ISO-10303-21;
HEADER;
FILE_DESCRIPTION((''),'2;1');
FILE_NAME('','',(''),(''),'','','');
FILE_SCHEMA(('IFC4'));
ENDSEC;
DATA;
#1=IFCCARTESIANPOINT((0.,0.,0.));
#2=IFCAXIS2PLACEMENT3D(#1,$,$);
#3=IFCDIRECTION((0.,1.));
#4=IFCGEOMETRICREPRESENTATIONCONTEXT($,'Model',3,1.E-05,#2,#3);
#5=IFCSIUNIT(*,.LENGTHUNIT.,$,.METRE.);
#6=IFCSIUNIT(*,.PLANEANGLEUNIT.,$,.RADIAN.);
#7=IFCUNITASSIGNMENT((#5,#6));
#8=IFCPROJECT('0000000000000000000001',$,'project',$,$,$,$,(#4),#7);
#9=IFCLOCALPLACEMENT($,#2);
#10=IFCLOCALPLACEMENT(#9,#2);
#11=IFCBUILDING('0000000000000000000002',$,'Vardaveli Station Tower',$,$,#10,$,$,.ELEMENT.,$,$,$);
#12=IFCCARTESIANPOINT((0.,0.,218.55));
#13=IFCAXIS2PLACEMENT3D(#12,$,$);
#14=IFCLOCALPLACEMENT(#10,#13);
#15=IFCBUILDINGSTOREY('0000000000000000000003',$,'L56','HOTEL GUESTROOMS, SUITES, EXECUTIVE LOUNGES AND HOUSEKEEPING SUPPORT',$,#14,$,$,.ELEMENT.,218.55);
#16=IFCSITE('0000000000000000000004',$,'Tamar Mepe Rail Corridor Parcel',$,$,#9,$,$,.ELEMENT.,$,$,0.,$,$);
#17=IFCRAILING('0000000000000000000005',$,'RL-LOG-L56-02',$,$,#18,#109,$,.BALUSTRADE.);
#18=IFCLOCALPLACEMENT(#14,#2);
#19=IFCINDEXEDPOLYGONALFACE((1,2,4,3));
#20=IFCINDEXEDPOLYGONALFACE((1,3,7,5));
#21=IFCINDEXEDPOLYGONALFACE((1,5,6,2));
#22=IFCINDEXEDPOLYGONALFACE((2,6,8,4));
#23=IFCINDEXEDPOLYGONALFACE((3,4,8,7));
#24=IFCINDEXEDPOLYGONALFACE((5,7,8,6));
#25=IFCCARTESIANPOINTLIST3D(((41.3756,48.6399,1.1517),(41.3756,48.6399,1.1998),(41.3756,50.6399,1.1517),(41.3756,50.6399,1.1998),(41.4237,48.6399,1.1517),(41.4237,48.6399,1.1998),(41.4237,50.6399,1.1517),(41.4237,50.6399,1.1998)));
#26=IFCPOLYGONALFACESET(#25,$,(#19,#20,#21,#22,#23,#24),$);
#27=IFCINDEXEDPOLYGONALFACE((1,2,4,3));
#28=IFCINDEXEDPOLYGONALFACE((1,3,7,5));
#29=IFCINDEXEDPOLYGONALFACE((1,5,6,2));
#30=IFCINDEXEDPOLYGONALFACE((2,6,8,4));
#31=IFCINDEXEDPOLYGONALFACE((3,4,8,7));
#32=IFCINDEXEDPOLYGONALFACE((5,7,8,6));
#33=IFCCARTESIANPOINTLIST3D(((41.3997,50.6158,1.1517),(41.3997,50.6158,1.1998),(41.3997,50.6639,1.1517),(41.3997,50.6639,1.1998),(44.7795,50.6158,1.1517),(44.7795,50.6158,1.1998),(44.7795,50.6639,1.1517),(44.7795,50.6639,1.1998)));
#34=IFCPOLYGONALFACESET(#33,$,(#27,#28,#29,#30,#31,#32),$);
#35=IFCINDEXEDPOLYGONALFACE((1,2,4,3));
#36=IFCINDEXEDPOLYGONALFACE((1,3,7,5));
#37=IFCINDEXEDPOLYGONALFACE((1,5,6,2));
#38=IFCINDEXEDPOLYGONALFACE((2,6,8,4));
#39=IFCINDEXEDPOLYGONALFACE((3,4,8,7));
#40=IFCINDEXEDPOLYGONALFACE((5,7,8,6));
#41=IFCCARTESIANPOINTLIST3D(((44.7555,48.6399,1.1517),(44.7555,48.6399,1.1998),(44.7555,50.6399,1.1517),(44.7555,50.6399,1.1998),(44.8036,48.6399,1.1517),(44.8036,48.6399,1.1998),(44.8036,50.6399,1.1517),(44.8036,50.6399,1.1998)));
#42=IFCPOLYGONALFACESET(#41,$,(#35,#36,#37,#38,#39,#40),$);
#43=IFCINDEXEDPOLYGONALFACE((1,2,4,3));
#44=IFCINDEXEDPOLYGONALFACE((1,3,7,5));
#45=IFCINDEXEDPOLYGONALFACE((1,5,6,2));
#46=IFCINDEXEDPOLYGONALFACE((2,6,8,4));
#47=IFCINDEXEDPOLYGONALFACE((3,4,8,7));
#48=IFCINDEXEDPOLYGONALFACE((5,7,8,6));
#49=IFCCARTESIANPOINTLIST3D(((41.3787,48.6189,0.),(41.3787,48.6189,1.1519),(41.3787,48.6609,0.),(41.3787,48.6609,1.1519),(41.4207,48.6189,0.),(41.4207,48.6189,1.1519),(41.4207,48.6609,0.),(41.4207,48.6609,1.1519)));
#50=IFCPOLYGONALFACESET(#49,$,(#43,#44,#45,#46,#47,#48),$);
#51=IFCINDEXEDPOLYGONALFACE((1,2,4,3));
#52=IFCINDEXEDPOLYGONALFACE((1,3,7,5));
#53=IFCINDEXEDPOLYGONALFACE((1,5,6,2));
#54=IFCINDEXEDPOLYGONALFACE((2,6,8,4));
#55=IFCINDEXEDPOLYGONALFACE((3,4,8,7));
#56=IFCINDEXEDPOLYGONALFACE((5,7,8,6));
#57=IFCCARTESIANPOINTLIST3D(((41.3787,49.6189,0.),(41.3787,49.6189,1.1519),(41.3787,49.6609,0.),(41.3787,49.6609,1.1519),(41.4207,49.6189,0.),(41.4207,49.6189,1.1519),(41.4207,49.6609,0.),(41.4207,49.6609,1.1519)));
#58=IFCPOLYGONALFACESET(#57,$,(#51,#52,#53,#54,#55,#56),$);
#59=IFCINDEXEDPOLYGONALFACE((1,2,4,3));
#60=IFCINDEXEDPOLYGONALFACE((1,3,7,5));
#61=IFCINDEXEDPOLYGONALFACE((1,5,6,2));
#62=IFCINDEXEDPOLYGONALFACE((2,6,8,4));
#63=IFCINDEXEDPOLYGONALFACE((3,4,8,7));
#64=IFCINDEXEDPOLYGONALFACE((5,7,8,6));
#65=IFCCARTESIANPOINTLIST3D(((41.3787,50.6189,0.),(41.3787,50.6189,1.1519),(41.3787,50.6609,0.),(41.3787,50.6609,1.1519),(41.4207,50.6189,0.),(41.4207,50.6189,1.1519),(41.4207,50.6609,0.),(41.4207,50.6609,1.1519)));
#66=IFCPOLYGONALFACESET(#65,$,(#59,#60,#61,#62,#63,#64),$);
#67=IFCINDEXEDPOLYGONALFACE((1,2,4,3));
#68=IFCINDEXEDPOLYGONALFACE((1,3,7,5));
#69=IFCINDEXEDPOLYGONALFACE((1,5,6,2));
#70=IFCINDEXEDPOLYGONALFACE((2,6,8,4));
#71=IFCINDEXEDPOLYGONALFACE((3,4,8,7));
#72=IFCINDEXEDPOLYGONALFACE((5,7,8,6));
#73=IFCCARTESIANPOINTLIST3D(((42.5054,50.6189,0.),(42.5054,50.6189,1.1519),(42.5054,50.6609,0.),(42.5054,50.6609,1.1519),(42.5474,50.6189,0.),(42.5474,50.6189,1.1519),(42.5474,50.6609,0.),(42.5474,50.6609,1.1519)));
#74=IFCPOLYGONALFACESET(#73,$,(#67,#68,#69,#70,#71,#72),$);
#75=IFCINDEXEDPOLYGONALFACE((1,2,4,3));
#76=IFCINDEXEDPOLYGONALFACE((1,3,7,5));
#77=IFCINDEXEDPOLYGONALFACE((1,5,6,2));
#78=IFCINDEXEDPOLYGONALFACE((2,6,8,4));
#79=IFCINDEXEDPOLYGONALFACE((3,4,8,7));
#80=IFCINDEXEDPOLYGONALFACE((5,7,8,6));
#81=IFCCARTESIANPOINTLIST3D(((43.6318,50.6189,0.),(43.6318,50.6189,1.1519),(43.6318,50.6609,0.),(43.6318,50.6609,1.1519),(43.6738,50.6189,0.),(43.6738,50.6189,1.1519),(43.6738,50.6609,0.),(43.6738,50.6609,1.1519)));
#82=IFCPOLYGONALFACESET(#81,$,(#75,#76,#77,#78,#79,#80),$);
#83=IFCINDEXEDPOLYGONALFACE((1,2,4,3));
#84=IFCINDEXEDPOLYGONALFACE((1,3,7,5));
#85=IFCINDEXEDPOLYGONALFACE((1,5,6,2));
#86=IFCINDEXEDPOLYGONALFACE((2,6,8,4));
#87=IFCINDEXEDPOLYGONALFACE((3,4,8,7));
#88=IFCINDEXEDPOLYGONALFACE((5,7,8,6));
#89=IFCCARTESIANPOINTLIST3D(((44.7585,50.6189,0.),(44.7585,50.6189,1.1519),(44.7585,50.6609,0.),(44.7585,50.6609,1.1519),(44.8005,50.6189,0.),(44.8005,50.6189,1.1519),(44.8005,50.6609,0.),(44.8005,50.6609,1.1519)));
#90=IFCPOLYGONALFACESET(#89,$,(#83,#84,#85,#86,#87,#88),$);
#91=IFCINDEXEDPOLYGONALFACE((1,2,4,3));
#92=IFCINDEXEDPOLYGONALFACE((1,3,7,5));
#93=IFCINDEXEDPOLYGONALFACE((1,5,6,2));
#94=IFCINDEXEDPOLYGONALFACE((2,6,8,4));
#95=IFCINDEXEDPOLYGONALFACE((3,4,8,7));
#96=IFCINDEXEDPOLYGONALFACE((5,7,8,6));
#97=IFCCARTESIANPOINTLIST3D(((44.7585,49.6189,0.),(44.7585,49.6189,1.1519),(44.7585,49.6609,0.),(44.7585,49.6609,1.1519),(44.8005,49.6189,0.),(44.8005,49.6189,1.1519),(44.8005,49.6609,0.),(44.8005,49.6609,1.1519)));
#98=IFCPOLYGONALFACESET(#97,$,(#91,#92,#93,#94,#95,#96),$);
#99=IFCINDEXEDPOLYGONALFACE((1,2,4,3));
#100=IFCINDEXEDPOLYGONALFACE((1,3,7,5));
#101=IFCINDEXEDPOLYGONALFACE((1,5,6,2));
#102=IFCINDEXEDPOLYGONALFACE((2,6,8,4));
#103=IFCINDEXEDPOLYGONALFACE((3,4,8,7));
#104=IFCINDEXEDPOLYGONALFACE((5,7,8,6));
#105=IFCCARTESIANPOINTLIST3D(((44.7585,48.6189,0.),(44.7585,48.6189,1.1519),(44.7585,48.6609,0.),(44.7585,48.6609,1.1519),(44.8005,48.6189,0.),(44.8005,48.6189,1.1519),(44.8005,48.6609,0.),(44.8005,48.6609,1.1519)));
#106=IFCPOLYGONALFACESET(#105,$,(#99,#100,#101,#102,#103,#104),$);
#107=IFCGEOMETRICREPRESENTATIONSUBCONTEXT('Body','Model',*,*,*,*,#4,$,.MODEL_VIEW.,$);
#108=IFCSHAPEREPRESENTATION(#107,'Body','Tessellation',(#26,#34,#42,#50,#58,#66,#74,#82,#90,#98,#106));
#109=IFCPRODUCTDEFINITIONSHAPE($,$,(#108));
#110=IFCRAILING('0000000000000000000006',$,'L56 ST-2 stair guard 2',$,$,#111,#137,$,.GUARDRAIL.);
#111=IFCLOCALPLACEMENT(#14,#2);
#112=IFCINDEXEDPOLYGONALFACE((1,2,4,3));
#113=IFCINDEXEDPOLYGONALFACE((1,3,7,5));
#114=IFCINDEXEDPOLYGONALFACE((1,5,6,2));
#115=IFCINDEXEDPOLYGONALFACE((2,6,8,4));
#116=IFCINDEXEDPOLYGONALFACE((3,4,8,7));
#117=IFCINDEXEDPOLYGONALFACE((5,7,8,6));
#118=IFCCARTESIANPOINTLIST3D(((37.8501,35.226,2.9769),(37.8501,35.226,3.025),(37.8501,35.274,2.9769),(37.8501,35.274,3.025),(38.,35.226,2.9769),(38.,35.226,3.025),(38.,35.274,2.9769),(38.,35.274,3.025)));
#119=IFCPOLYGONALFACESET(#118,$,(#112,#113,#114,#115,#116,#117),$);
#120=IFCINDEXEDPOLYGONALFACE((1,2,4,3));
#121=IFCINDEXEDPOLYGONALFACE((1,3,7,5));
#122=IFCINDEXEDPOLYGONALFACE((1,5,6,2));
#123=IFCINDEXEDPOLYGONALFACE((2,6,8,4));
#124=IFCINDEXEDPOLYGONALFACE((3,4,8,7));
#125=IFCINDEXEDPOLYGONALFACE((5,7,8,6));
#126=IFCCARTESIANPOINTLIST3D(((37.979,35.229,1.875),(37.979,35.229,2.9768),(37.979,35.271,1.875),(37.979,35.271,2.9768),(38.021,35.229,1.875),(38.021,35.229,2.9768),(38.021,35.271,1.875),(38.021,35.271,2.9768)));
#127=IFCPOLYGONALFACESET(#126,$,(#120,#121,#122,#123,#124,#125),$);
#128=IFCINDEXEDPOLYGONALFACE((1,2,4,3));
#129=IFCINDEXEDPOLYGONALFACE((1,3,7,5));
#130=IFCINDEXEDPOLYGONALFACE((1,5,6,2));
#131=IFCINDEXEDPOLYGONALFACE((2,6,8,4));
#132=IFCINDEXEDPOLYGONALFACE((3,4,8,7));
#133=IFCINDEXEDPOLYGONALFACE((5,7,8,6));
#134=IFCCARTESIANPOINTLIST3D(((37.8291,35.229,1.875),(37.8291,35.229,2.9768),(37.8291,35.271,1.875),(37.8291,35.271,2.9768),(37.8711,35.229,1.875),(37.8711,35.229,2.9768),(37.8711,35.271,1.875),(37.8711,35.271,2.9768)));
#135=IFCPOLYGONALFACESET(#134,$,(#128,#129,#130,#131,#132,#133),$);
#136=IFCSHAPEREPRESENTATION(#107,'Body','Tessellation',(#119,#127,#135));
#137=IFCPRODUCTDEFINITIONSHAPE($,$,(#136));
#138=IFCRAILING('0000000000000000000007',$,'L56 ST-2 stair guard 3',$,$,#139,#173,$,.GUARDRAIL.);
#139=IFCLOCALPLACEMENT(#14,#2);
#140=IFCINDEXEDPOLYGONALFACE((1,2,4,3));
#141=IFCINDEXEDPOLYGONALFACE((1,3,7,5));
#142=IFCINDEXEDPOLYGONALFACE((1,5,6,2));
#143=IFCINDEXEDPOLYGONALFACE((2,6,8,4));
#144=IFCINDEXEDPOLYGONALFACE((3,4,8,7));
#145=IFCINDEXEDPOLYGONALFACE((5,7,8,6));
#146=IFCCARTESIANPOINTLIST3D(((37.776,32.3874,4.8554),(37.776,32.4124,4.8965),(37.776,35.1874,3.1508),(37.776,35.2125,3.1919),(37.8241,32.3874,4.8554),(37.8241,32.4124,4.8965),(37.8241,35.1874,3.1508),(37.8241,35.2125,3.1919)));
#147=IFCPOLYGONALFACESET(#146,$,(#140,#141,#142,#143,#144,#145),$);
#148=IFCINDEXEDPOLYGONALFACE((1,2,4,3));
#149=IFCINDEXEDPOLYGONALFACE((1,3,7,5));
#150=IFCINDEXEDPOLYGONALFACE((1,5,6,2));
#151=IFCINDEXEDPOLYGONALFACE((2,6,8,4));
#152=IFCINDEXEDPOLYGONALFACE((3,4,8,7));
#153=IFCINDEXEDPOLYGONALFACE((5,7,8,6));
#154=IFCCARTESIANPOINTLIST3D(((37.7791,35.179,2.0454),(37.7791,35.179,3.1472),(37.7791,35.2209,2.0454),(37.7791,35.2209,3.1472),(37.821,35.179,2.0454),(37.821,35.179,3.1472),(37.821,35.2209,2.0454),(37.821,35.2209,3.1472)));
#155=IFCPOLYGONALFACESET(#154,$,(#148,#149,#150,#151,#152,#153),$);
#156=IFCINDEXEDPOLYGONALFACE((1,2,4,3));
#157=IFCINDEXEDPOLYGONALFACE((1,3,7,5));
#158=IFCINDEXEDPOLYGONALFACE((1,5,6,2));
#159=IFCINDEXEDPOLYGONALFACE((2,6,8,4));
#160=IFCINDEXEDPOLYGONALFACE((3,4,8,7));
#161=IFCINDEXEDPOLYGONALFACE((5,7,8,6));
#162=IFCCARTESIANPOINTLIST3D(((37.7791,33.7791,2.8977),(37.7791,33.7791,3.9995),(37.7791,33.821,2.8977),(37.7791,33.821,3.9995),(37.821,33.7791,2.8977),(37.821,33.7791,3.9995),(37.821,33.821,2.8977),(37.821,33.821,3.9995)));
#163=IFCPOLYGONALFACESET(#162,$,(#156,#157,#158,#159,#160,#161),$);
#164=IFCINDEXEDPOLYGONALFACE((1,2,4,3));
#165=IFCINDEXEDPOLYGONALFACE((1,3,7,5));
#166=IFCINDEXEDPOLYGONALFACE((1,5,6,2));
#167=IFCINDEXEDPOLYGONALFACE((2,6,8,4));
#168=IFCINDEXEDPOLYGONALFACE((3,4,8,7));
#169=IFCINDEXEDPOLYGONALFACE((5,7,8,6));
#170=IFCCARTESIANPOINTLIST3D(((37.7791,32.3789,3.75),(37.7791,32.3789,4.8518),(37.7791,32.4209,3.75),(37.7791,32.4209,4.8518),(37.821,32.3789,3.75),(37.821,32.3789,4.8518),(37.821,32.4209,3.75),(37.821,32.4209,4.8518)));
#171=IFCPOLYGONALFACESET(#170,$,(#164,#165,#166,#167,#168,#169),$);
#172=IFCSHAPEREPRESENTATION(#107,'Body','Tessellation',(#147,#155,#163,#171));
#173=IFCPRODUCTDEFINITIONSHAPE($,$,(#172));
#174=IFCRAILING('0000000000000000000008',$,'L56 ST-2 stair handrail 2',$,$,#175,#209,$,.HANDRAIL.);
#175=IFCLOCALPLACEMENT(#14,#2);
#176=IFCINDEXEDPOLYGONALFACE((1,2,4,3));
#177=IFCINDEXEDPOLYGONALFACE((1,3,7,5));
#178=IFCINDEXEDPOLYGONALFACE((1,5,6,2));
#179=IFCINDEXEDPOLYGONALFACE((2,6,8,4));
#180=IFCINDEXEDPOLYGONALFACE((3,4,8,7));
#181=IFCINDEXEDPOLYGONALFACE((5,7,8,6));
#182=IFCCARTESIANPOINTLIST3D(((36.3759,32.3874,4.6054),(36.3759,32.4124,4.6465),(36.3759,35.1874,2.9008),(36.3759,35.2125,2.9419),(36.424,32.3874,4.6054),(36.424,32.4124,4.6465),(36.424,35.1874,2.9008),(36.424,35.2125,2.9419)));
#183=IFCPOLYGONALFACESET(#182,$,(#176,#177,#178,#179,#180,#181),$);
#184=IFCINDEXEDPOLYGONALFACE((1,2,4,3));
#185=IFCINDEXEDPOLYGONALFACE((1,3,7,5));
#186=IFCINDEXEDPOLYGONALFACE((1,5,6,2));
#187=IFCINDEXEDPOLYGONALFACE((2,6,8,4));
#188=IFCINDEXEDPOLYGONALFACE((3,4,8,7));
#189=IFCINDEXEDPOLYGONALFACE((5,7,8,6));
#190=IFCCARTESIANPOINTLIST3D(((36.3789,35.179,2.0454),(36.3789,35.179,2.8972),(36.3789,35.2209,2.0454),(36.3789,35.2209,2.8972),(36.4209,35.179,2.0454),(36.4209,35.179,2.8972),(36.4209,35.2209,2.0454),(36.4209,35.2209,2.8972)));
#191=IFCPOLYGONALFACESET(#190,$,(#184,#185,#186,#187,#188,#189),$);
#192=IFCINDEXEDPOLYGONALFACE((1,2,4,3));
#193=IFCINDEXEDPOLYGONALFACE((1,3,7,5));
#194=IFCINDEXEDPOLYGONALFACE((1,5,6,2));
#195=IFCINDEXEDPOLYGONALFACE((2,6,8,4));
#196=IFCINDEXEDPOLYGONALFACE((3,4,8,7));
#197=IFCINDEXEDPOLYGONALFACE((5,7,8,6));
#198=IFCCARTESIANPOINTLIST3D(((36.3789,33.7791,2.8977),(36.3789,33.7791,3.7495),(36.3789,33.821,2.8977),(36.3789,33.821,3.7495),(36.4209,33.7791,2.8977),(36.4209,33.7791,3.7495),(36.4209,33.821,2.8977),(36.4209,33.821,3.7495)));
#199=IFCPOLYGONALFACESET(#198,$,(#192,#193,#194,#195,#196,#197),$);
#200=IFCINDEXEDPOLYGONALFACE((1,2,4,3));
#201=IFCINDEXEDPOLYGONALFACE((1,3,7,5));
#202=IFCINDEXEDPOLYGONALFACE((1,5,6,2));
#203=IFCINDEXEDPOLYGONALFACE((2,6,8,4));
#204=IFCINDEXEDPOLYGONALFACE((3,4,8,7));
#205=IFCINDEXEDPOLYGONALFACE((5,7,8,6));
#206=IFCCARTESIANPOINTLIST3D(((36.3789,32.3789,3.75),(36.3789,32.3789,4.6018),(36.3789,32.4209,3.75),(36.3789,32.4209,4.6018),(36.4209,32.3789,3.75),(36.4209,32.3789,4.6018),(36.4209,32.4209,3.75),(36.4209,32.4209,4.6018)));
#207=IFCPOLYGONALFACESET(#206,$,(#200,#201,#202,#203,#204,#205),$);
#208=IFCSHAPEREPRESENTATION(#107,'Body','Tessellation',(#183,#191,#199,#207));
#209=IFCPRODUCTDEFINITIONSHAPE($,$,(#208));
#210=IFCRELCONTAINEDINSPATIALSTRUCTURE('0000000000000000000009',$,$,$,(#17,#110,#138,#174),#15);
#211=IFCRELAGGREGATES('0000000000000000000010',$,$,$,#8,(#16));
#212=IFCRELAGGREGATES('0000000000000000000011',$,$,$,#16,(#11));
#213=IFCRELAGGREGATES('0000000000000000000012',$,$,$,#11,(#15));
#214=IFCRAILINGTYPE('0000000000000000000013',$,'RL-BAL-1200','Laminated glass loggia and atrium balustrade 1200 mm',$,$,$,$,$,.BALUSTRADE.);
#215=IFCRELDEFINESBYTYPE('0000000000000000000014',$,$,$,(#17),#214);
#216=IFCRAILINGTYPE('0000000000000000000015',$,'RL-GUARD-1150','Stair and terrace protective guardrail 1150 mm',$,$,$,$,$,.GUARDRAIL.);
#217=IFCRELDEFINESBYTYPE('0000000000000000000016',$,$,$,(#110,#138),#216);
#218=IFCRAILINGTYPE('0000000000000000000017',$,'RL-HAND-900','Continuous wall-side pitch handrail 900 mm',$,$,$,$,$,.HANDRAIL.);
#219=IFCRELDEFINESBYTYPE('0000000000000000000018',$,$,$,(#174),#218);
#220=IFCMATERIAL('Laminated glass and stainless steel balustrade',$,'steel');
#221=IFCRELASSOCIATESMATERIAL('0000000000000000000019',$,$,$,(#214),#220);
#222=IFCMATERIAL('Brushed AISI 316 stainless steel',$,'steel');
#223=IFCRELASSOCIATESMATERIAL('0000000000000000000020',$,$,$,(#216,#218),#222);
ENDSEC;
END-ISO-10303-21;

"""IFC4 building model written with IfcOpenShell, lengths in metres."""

from ifc_helpers import new_model, si_unit, direction, frame, origin, origin_2d, place, context, subcontext, project, spatial, rectangle, extrude, source, transform, mapped, material, type_object, element, save


model = new_model("IFC4")

# Units and contexts
model_context = context("Model", 3, precision=1e-05, world=origin(), true_north=direction((0.0, 1.0)))
body_context = subcontext(model_context, "Body", "Model", "MODEL_VIEW")
ifc_project = project(units=[si_unit("LENGTHUNIT", "METRE"), si_unit("PLANEANGLEUNIT", "RADIAN")], contexts=[model_context])

# Site, building, storey
site_placement = place(None, origin())
site = spatial("IfcSite", under=ifc_project, at=site_placement, Name="Tamar Mepe Rail Corridor Parcel", CompositionType="ELEMENT", RefElevation=0.0)
building_placement = place(site_placement, origin())
building = spatial("IfcBuilding", under=site, at=building_placement, Name="Vardaveli Station Tower", CompositionType="ELEMENT")
storey_placement = place(building_placement, frame((0.0, 0.0, 218.55)))
storey = spatial("IfcBuildingStorey", under=building, at=storey_placement, Name="L56", Description="HOTEL GUESTROOMS, SUITES, EXECUTIVE LOUNGES AND HOUSEKEEPING SUPPORT", CompositionType="ELEMENT", Elevation=218.55)

# Railings
ifc_material_1 = material(Name="Laminated glass and stainless steel balustrade", Category="steel")
railing_type_1 = type_object("IfcRailingType", Name="RL-BAL-1200", Description="Laminated glass loggia and atrium balustrade 1200 mm", PredefinedType="BALUSTRADE", material=ifc_material_1)
shared_shape_1 = source(origin(), body_context, "Body", "SweptSolid", [
    extrude(rectangle(XDim=0.0481, YDim=0.0481, at=origin_2d()), frame((0.0, 0.0, 1.1758), z_axis=(0.0, 1.0, 0.0), x_axis=(-1.0, 0.0, 0.0)), (0.0, 0.0, 1.0), 2.0),
    extrude(rectangle(XDim=0.0481, YDim=0.0481, at=origin_2d()), frame((0.0, 2.0, 1.1758), z_axis=(1.0, 0.0, 0.0), x_axis=(0.0, 1.0, 0.0)), (0.0, 0.0, 1.0), 3.3799),
    extrude(rectangle(XDim=0.0481, YDim=0.0481, at=origin_2d()), frame((3.3799, 2.0, 1.1758), z_axis=(0.0, -1.0, 0.0), x_axis=(1.0, 0.0, 0.0)), (0.0, 0.0, 1.0), 2.0),
    extrude(rectangle(XDim=0.042, YDim=0.042, at=origin_2d()), origin(), (0.0, 0.0, 1.0), 1.1519),
    extrude(rectangle(XDim=0.042, YDim=0.042, at=origin_2d()), frame((0.0, 1.0, 0.0)), (0.0, 0.0, 1.0), 1.1519),
    extrude(rectangle(XDim=0.042, YDim=0.042, at=origin_2d()), frame((0.0, 2.0, 0.0)), (0.0, 0.0, 1.0), 1.1519),
    extrude(rectangle(XDim=0.042, YDim=0.042, at=origin_2d()), frame((1.1267, 2.0, 0.0)), (0.0, 0.0, 1.0), 1.1519),
    extrude(rectangle(XDim=0.042, YDim=0.042, at=origin_2d()), frame((2.2532, 2.0, 0.0)), (0.0, 0.0, 1.0), 1.1519),
    extrude(rectangle(XDim=0.042, YDim=0.042, at=origin_2d()), frame((3.3799, 2.0, 0.0)), (0.0, 0.0, 1.0), 1.1519),
    extrude(rectangle(XDim=0.042, YDim=0.042, at=origin_2d()), frame((3.3799, 1.0, 0.0)), (0.0, 0.0, 1.0), 1.1519),
    extrude(rectangle(XDim=0.042, YDim=0.042, at=origin_2d()), frame((3.3799, 0.0, 0.0)), (0.0, 0.0, 1.0), 1.1519),
])
railing_1_placement = place(storey_placement, frame((41.3997, 48.6399, 0.0)))
element("IfcRailing", 1, at=railing_1_placement, inside=storey, type_object=railing_type_1, Name="RL-LOG-L56-02", PredefinedType="BALUSTRADE", context=body_context, shape_type="MappedRepresentation", body=[
    mapped(shared_shape_1, transform((0.0, 0.0, 0.0), scale=1.0)),
])
ifc_material_2 = material(Name="Brushed AISI 316 stainless steel", Category="steel")
railing_type_2 = type_object("IfcRailingType", Name="RL-GUARD-1150", Description="Stair and terrace protective guardrail 1150 mm", PredefinedType="GUARDRAIL", material=ifc_material_2)
shared_shape_2 = source(origin(), body_context, "Body", "SweptSolid", [
    extrude(rectangle(XDim=0.0481, YDim=0.0481, at=origin_2d()), frame((0.0, 0.0, 1.126), z_axis=(-1.0, 0.0, 0.0), x_axis=(0.0, -1.0, 0.0)), (0.0, 0.0, 1.0), 0.1499),
    extrude(rectangle(XDim=0.042, YDim=0.042, at=origin_2d()), origin(), (0.0, 0.0, 1.0), 1.1018),
    extrude(rectangle(XDim=0.042, YDim=0.042, at=origin_2d()), frame((-0.1499, 0.0, 0.0)), (0.0, 0.0, 1.0), 1.1018),
])
railing_2_placement = place(storey_placement, frame((38.0, 35.25, 1.875)))
element("IfcRailing", 2, at=railing_2_placement, inside=storey, type_object=railing_type_2, Name="L56 ST-2 stair guard 2", PredefinedType="GUARDRAIL", context=body_context, shape_type="MappedRepresentation", body=[
    mapped(shared_shape_2, transform((0.0, 0.0, 0.0), scale=1.0)),
])
shared_shape_3 = source(origin(), body_context, "Body", "SweptSolid", [
    extrude(rectangle(XDim=0.0481, YDim=0.0481, at=origin_2d()), frame((0.0, 0.0, 1.126), z_axis=(0.0, -0.85417, 0.519994), x_axis=(1.0, 0.0, 0.0)), (0.0, 0.0, 1.0), 3.2781),
    extrude(rectangle(XDim=0.042, YDim=0.042, at=origin_2d()), origin(), (0.0, 0.0, 1.0), 1.1018),
    extrude(rectangle(XDim=0.042, YDim=0.042, at=origin_2d()), frame((0.0, -1.3999, 0.8523)), (0.0, 0.0, 1.0), 1.1018),
    extrude(rectangle(XDim=0.042, YDim=0.042, at=origin_2d()), frame((0.0, -2.8, 1.7046)), (0.0, 0.0, 1.0), 1.1018),
])
railing_3_placement = place(storey_placement, frame((37.8, 35.2, 2.0454)))
element("IfcRailing", 3, at=railing_3_placement, inside=storey, type_object=railing_type_2, Name="L56 ST-2 stair guard 3", PredefinedType="GUARDRAIL", context=body_context, shape_type="MappedRepresentation", body=[
    mapped(shared_shape_3, transform((0.0, 0.0, 0.0), scale=1.0)),
])
railing_type_3 = type_object("IfcRailingType", Name="RL-HAND-900", Description="Continuous wall-side pitch handrail 900 mm", PredefinedType="HANDRAIL", material=ifc_material_2)
shared_shape_4 = source(origin(), body_context, "Body", "SweptSolid", [
    extrude(rectangle(XDim=0.0481, YDim=0.0481, at=origin_2d()), frame((0.0, 0.0, 0.876), z_axis=(0.0, -0.85417, 0.519994), x_axis=(1.0, 0.0, 0.0)), (0.0, 0.0, 1.0), 3.2781),
    extrude(rectangle(XDim=0.042, YDim=0.042, at=origin_2d()), origin(), (0.0, 0.0, 1.0), 0.8518),
    extrude(rectangle(XDim=0.042, YDim=0.042, at=origin_2d()), frame((0.0, -1.3999, 0.8523)), (0.0, 0.0, 1.0), 0.8518),
    extrude(rectangle(XDim=0.042, YDim=0.042, at=origin_2d()), frame((0.0, -2.8, 1.7046)), (0.0, 0.0, 1.0), 0.8518),
])
railing_4_placement = place(storey_placement, frame((36.3999, 35.2, 2.0454)))
element("IfcRailing", 4, at=railing_4_placement, inside=storey, type_object=railing_type_3, Name="L56 ST-2 stair handrail 2", PredefinedType="HANDRAIL", context=body_context, shape_type="MappedRepresentation", body=[
    mapped(shared_shape_4, transform((0.0, 0.0, 0.0), scale=1.0)),
])

save(model, "model.ifc")
